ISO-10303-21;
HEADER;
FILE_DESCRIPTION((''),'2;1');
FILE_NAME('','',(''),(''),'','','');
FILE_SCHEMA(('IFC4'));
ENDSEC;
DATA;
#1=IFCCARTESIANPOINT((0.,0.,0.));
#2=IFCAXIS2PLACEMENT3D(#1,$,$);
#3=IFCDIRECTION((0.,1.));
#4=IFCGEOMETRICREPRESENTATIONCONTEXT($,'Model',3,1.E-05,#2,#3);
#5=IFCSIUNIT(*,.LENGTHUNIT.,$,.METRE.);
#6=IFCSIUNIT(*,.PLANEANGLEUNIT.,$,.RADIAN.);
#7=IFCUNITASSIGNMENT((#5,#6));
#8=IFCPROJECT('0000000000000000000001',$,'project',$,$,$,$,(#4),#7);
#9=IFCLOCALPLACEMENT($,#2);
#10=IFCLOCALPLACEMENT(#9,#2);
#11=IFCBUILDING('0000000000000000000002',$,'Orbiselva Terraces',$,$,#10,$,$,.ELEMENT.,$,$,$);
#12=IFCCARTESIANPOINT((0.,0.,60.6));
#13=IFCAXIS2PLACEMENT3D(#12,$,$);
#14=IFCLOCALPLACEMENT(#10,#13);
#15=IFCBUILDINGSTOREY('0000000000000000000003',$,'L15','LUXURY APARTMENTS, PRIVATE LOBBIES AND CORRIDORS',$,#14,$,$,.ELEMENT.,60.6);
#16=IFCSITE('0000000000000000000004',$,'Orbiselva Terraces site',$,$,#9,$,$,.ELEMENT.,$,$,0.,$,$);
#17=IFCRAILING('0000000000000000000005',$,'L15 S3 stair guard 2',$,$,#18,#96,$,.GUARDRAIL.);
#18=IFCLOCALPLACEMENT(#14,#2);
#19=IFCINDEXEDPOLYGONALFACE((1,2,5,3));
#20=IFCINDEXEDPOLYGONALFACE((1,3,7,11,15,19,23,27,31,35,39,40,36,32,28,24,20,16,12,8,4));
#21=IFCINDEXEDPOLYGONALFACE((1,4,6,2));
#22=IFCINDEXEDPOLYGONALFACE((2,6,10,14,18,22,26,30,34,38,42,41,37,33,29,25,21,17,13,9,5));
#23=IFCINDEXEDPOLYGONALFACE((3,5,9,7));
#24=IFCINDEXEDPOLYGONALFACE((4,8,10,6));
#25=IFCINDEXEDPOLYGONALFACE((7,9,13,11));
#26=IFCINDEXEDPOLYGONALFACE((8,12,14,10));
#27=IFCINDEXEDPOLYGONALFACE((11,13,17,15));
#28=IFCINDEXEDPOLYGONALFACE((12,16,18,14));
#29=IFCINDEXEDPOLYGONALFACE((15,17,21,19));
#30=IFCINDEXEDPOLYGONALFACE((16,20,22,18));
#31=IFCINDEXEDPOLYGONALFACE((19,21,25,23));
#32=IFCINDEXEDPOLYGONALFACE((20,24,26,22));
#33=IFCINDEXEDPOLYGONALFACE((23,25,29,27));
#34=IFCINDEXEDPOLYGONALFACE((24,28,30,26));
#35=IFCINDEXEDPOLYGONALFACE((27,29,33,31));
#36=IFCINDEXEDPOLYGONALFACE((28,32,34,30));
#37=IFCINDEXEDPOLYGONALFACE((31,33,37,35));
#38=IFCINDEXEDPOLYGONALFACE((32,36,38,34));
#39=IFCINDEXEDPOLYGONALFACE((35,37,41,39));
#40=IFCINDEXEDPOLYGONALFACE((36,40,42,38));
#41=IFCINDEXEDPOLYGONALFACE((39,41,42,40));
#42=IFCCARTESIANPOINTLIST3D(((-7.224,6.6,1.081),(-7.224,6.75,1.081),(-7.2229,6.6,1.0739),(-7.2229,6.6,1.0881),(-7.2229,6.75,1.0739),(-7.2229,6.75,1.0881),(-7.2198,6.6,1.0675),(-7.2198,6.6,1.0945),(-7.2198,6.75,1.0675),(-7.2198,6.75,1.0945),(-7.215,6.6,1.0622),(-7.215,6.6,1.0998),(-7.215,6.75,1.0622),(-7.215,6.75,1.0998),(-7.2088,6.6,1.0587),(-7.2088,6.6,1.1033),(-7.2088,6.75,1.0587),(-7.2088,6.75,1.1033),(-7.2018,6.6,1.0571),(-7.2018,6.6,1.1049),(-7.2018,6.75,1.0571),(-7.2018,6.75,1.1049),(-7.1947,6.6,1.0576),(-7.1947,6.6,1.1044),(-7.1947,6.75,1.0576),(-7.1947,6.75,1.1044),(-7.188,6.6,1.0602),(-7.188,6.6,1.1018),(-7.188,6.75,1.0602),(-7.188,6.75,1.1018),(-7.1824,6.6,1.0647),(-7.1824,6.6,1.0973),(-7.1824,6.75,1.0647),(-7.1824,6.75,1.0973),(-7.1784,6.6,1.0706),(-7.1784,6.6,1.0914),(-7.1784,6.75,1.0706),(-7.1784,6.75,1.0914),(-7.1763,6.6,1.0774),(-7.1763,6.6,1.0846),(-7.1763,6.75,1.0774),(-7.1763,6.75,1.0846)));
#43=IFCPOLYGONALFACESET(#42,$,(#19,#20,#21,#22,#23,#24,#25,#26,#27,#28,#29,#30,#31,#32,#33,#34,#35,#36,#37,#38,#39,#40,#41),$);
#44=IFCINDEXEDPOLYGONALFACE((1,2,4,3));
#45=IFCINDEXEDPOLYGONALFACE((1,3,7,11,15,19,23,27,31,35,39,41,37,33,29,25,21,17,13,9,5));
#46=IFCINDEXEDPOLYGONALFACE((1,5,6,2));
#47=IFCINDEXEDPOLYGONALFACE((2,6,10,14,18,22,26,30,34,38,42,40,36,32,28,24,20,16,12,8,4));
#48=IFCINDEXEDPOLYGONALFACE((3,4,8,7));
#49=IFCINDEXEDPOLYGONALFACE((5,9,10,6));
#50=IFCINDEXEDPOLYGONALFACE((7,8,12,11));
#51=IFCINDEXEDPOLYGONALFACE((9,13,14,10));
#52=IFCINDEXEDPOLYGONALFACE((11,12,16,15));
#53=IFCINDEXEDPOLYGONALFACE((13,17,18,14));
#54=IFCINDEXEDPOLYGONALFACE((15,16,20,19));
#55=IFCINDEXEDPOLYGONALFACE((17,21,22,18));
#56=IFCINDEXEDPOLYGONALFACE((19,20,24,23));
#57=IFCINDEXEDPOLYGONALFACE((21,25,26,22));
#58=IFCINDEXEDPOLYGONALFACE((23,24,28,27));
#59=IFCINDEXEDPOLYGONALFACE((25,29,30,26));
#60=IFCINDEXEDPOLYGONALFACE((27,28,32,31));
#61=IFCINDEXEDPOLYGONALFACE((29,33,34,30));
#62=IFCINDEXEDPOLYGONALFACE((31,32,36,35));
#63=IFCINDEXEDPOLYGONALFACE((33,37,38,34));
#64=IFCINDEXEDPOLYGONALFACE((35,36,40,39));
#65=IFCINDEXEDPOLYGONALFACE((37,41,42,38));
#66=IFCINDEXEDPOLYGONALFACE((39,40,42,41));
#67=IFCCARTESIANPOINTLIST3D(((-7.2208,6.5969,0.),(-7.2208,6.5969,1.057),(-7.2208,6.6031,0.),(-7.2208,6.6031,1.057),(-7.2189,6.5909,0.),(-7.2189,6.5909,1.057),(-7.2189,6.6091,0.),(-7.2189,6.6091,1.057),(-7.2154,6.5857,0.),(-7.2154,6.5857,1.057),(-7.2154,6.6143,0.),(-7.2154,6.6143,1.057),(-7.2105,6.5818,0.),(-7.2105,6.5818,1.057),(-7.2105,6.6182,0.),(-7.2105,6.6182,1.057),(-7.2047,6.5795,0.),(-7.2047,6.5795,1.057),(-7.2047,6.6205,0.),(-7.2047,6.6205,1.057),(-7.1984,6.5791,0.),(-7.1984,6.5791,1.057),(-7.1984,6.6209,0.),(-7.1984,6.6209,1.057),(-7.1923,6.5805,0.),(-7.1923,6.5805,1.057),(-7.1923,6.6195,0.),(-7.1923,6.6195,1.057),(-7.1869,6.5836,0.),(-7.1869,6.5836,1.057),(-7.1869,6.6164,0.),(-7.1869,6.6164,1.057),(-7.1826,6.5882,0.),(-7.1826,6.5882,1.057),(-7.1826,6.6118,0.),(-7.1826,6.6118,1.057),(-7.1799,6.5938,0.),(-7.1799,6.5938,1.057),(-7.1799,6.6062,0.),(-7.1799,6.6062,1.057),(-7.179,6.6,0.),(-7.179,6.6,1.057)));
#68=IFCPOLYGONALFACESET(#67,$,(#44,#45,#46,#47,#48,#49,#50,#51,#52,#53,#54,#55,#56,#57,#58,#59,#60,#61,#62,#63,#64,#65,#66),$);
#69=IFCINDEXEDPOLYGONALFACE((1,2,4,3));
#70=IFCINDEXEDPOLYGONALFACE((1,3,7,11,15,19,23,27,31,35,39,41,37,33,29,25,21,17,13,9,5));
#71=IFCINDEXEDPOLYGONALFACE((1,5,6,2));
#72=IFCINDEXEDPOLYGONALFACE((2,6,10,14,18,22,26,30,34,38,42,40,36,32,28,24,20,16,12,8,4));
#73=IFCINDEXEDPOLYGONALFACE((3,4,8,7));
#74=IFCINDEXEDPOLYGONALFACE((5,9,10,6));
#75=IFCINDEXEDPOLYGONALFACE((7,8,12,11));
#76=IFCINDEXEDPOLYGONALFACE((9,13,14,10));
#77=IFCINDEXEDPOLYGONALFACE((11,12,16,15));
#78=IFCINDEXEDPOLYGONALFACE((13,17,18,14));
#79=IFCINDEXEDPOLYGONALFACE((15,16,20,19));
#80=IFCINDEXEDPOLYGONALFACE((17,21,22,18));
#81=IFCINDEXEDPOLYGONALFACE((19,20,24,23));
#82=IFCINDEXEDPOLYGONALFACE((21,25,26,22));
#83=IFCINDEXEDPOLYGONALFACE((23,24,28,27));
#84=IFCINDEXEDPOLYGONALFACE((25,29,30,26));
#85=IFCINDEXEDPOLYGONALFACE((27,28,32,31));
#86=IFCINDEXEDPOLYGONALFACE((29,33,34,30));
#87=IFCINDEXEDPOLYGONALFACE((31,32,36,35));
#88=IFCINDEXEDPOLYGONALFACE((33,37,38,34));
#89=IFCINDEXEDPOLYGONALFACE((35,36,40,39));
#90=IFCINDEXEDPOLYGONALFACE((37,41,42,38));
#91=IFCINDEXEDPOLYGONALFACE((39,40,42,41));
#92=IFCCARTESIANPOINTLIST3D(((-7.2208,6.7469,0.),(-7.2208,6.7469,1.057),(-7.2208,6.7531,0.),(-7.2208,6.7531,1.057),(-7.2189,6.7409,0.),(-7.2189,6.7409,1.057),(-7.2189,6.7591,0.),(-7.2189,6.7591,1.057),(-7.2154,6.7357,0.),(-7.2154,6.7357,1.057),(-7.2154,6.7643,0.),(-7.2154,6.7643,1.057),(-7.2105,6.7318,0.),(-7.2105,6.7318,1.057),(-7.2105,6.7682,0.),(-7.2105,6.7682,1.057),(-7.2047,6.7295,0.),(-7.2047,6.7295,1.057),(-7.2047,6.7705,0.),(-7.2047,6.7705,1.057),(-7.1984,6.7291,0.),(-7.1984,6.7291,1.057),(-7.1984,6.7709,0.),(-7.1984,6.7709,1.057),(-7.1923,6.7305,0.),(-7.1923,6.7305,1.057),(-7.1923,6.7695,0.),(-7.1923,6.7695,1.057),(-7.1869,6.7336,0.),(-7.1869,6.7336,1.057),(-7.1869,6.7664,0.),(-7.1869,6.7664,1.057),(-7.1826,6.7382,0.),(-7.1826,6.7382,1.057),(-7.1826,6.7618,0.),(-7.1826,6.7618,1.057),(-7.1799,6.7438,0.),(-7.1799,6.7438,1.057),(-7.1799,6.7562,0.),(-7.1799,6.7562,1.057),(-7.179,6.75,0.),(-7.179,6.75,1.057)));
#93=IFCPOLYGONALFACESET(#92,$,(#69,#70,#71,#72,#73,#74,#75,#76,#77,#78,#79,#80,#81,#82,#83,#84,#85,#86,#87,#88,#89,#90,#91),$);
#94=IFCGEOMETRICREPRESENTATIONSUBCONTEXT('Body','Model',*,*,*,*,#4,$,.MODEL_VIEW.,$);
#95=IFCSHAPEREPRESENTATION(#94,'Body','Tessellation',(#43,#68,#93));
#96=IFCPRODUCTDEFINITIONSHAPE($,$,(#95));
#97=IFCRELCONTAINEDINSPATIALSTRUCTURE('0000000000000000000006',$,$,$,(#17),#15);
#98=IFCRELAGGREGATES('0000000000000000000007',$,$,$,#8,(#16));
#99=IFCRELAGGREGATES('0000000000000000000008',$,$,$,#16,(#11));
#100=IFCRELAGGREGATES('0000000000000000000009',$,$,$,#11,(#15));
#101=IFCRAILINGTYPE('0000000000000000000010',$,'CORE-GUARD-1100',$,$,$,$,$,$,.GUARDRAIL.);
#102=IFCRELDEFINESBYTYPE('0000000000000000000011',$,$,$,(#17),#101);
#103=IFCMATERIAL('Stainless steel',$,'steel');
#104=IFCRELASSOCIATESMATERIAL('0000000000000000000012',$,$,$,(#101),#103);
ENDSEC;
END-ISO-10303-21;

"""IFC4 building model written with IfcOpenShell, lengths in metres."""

from ifc_helpers import new_model, si_unit, direction, frame, origin, origin_2d, place, context, subcontext, project, spatial, circle, extrude, material, type_object, element, save


model = new_model("IFC4")

# Units and contexts
model_context = context("Model", 3, precision=1e-05, world=origin(), true_north=direction((0.0, 1.0)))
body_context = subcontext(model_context, "Body", "Model", "MODEL_VIEW")
ifc_project = project(units=[si_unit("LENGTHUNIT", "METRE"), si_unit("PLANEANGLEUNIT", "RADIAN")], contexts=[model_context])

# Site, building, storey
site_placement = place(None, origin())
site = spatial("IfcSite", under=ifc_project, at=site_placement, Name="Orbiselva Terraces site", CompositionType="ELEMENT", RefElevation=0.0)
building_placement = place(site_placement, origin())
building = spatial("IfcBuilding", under=site, at=building_placement, Name="Orbiselva Terraces", CompositionType="ELEMENT")
storey_placement = place(building_placement, frame((0.0, 0.0, 60.6)))
storey = spatial("IfcBuildingStorey", under=building, at=storey_placement, Name="L15", Description="LUXURY APARTMENTS, PRIVATE LOBBIES AND CORRIDORS", CompositionType="ELEMENT", Elevation=60.6)

# Railing
ifc_material_1 = material(Name="Stainless steel", Category="steel")
railing_type_1 = type_object("IfcRailingType", Name="CORE-GUARD-1100", PredefinedType="GUARDRAIL", material=ifc_material_1)
railing_1_placement = place(storey_placement, frame((-7.2, 6.6, 0.0)))
element("IfcRailing", 1, at=railing_1_placement, inside=storey, type_object=railing_type_1, Name="L15 S3 stair guard 2", PredefinedType="GUARDRAIL", context=body_context, shape_type="SweptSolid", body=[
    extrude(circle(Radius=0.024, at=origin_2d()), frame((0.0, 0.0, 1.081), z_axis=(0.0, 1.0, 0.0), x_axis=(-1.0, 0.0, 0.0)), (0.0, 0.0, 1.0), 0.15),
    extrude(circle(Radius=0.021, at=origin_2d()), origin(), (0.0, 0.0, 1.0), 1.057),
    extrude(circle(Radius=0.021, at=origin_2d()), frame((0.0, 0.15, 0.0)), (0.0, 0.0, 1.0), 1.057),
])

save(model, "model.ifc")
